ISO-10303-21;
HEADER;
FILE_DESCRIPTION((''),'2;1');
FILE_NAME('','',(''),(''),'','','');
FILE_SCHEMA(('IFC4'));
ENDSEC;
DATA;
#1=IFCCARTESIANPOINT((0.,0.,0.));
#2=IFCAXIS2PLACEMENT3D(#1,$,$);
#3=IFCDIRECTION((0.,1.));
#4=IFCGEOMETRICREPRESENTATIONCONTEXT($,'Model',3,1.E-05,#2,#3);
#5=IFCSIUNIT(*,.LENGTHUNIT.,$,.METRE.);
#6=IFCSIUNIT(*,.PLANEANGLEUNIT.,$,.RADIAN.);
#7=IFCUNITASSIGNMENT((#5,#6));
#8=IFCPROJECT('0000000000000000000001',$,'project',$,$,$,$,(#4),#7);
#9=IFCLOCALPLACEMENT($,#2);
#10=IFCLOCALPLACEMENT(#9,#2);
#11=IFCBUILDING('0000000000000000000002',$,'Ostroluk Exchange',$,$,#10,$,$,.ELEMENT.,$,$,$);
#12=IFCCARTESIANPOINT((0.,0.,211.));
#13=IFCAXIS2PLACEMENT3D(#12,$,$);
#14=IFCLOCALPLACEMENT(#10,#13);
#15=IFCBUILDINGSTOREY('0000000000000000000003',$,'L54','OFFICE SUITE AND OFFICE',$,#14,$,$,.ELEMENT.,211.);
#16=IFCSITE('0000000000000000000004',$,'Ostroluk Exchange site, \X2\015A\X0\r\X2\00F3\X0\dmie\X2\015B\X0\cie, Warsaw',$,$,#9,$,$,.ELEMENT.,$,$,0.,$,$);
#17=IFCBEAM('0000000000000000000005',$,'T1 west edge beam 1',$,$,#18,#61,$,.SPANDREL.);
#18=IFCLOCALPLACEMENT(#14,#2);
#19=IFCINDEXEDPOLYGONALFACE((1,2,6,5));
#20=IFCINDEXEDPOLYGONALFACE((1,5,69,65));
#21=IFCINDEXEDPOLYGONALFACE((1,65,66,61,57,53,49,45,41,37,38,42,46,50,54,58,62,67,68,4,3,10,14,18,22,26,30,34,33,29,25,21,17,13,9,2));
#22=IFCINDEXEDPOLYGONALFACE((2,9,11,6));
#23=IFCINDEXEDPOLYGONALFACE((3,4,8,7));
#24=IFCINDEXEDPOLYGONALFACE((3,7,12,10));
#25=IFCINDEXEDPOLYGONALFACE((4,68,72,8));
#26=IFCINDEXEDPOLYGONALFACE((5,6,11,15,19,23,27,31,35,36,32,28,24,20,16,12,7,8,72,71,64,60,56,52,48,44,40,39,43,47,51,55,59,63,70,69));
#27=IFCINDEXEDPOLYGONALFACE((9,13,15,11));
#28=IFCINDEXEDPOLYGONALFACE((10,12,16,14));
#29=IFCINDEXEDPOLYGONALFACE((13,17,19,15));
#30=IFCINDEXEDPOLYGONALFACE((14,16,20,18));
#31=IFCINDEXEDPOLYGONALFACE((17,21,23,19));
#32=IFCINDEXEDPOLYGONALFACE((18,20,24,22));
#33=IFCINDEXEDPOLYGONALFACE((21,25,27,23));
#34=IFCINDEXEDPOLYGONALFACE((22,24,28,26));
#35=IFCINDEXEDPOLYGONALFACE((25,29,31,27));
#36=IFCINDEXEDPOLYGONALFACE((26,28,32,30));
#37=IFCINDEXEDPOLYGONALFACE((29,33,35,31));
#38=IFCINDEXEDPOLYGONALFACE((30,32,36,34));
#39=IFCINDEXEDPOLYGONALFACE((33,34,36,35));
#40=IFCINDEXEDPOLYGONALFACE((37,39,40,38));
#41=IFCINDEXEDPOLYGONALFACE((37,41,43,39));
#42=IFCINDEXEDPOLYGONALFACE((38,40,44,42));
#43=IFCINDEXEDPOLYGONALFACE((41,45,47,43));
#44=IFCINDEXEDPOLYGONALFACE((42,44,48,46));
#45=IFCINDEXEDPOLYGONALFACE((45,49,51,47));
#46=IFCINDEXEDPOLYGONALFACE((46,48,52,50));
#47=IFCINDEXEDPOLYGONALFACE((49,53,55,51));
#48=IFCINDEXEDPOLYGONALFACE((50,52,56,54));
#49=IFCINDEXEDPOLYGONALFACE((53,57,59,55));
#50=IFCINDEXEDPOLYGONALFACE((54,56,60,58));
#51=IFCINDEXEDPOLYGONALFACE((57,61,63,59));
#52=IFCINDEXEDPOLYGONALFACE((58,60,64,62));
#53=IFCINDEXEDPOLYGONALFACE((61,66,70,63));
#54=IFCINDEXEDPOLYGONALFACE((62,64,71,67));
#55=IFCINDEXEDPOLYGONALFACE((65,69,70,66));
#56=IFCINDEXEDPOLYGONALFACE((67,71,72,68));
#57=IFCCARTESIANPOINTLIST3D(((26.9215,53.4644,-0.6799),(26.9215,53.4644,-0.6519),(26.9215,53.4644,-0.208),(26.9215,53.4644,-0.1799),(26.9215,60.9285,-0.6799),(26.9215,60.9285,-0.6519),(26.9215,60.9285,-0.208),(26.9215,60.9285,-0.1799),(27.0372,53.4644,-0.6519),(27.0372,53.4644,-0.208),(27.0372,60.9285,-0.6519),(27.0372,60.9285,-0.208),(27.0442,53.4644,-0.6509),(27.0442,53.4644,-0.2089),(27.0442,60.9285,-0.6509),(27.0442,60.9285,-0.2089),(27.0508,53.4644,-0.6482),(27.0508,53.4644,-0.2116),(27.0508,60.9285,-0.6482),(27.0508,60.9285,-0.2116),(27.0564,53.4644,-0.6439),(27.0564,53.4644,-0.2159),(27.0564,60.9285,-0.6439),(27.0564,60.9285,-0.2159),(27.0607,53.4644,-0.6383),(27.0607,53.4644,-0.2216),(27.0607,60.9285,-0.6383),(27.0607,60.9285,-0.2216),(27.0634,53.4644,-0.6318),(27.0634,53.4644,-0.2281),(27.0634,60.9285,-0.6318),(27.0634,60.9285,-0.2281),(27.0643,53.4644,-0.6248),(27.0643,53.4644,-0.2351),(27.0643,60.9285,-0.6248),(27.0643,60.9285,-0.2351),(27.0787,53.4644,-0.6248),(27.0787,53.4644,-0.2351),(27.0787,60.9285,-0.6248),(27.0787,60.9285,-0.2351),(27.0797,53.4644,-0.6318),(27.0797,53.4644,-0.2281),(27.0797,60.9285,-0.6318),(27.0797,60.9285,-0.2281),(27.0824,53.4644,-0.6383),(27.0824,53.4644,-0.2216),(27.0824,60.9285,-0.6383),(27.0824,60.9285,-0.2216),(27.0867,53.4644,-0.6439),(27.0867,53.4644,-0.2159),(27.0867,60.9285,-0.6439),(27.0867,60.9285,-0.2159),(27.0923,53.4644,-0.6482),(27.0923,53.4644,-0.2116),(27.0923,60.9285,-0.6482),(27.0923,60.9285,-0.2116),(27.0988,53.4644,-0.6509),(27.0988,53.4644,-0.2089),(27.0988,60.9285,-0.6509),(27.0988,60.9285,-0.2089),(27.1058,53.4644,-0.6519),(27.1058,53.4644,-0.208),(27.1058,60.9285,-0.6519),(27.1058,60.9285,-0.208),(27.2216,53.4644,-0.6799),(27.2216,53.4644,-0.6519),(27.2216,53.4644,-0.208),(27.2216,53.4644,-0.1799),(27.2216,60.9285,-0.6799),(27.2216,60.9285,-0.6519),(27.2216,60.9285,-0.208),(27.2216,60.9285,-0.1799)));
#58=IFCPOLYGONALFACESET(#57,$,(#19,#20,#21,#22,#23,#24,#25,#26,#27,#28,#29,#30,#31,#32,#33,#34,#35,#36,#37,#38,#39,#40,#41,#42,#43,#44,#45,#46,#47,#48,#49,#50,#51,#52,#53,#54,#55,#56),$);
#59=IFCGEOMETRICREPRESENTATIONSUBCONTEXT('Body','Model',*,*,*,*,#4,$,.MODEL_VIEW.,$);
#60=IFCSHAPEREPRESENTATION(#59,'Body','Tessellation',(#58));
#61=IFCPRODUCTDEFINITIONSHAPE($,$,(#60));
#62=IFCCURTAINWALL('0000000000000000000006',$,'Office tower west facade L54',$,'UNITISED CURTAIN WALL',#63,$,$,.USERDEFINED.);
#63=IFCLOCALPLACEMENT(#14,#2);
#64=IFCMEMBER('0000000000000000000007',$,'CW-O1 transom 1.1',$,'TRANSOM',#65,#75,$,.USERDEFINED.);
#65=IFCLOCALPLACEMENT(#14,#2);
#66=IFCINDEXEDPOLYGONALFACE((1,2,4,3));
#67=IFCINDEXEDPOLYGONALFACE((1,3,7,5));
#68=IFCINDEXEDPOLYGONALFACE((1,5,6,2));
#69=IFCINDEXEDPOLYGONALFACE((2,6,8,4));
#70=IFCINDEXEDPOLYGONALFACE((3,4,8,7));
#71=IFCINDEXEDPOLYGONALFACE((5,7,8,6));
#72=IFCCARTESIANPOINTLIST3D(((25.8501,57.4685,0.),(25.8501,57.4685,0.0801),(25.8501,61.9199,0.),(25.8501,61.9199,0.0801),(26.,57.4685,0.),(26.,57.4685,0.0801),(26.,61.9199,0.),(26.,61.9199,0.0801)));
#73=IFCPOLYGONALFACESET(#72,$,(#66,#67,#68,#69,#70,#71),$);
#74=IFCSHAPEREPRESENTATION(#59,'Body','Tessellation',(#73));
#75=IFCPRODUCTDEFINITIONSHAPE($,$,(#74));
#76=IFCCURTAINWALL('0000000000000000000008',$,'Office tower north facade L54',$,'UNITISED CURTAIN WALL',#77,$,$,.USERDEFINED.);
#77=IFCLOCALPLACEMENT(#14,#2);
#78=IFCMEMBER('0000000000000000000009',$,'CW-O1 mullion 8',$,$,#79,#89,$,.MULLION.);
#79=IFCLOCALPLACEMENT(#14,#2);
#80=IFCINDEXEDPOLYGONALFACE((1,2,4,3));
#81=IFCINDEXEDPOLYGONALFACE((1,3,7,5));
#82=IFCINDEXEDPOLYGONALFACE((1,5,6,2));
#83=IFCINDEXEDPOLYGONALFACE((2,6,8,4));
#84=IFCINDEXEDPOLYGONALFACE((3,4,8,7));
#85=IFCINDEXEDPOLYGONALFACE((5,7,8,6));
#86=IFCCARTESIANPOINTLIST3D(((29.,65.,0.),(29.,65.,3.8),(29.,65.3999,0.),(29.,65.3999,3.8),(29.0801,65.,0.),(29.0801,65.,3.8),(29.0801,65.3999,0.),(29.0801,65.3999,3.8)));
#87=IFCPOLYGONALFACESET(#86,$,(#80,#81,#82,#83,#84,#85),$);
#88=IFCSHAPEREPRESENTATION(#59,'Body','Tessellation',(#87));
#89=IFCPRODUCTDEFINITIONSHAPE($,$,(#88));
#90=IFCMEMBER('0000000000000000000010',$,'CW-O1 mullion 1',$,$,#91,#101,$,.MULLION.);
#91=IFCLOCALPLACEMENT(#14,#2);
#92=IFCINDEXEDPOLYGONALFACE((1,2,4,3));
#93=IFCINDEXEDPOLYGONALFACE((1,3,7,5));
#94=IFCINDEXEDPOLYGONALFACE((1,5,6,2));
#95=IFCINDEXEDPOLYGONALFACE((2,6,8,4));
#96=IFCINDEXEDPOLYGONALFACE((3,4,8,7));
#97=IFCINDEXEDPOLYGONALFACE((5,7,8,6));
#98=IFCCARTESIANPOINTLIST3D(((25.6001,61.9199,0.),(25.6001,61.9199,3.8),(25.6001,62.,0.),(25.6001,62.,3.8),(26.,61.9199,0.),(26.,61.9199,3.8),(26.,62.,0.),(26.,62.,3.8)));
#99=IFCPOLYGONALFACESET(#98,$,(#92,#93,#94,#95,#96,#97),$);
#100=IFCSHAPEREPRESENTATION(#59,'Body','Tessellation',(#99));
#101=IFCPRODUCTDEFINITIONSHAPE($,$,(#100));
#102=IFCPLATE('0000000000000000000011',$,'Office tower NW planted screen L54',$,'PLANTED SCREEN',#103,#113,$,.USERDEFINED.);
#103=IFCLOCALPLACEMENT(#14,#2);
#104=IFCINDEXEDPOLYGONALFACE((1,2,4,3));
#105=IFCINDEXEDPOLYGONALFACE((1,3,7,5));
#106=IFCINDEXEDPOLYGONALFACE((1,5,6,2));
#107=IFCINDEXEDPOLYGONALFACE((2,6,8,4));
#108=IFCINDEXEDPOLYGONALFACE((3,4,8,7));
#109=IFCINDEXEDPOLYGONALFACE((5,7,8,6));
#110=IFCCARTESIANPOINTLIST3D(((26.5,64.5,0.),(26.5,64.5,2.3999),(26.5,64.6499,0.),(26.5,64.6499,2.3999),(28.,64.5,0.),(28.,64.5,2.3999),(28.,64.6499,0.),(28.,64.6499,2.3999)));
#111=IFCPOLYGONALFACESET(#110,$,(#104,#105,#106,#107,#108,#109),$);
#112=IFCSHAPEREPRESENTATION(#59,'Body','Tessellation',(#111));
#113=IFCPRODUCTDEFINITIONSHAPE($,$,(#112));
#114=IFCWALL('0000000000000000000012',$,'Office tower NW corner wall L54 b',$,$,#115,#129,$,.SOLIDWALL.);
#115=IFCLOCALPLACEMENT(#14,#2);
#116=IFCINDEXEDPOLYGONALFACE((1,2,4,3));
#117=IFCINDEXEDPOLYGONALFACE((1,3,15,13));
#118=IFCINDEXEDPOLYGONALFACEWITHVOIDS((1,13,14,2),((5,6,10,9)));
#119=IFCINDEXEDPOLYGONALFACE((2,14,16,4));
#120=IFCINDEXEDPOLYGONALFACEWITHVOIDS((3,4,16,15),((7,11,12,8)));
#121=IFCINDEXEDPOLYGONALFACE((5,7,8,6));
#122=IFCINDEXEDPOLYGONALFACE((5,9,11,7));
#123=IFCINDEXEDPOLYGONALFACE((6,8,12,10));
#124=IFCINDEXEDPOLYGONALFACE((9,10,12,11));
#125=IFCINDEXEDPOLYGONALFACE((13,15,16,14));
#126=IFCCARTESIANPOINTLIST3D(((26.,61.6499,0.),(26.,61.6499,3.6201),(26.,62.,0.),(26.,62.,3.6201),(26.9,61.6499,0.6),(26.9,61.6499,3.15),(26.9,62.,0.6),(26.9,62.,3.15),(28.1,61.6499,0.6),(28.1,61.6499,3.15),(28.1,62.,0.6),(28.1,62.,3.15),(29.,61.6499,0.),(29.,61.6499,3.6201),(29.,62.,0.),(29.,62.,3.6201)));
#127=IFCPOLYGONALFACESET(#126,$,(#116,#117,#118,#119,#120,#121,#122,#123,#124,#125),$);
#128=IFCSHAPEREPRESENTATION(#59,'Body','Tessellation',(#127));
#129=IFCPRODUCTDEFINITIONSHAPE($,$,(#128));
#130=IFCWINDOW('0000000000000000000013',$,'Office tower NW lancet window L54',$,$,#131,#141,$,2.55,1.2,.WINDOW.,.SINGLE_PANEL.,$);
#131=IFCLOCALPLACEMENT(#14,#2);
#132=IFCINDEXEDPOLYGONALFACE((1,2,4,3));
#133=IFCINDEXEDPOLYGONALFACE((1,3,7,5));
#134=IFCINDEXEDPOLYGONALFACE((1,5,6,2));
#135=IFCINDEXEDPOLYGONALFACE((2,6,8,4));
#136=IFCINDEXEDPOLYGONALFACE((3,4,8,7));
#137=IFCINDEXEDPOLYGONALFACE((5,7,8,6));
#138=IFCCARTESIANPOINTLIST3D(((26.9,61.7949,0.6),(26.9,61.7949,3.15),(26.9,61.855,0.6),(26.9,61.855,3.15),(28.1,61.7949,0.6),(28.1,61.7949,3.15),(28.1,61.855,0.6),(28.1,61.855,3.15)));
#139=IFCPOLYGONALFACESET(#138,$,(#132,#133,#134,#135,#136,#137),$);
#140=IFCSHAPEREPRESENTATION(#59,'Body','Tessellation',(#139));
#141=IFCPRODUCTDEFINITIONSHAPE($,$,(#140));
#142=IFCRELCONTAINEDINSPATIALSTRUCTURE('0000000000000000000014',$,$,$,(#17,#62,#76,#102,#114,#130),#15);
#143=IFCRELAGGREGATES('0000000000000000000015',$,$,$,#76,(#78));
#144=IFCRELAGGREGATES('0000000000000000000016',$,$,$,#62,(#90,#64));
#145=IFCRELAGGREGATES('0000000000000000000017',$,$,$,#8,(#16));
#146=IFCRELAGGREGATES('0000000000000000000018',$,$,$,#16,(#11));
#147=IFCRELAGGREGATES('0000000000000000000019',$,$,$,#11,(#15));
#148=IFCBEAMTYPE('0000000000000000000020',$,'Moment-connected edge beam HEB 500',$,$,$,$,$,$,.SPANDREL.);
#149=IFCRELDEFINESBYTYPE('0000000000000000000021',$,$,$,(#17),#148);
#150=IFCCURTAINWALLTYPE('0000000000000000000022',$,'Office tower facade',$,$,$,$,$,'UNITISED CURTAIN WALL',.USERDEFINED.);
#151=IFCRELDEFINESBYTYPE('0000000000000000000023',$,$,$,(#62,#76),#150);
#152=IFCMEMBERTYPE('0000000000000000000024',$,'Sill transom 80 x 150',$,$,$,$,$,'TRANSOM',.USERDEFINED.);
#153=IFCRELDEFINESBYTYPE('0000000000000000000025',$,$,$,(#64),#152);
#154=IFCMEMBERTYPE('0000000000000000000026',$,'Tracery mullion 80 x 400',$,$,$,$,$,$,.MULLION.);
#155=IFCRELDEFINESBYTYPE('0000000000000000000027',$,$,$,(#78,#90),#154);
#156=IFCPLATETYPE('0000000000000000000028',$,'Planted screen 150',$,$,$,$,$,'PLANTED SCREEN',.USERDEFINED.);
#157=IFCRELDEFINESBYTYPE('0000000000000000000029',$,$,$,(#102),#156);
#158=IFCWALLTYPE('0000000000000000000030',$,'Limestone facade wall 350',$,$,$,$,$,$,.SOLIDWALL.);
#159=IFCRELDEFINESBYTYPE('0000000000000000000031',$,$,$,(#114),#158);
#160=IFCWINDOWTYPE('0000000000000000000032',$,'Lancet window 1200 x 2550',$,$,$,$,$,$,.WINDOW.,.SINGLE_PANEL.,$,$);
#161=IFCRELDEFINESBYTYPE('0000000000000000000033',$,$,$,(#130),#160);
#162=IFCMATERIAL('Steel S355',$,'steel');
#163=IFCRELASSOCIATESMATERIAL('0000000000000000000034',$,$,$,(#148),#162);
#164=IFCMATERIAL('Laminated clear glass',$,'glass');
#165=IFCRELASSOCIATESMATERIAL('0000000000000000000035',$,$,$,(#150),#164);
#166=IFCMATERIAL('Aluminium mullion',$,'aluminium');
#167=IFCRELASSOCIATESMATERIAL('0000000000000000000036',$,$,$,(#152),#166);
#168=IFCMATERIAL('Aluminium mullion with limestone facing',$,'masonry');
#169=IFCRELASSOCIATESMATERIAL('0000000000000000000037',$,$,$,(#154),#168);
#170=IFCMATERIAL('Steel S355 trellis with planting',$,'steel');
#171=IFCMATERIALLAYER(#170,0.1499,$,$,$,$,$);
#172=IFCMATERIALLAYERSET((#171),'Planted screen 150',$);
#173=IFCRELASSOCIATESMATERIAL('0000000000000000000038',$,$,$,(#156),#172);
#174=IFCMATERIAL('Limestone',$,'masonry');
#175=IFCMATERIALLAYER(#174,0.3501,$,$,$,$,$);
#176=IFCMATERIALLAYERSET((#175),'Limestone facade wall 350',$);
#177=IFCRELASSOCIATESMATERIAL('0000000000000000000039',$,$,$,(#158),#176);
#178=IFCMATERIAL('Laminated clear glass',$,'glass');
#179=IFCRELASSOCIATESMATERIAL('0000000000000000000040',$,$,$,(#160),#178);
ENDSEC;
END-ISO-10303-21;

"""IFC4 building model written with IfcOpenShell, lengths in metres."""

from ifc_helpers import new_model, si_unit, direction, frame, frame_2d, origin, origin_2d, place, context, subcontext, project, spatial, rectangle, i_section, extrude, material, layer, layer_set, material_profile, profile_set, type_object, element, fill, aggregate, save


model = new_model("IFC4")

# Units and contexts
model_context = context("Model", 3, precision=1e-05, world=origin(), true_north=direction((0.0, 1.0)))
body_context = subcontext(model_context, "Body", "Model", "MODEL_VIEW")
ifc_project = project(units=[si_unit("LENGTHUNIT", "METRE"), si_unit("PLANEANGLEUNIT", "RADIAN")], contexts=[model_context])

# Site, building, storey
site_placement = place(None, origin())
site = spatial("IfcSite", under=ifc_project, at=site_placement, Name="Ostroluk Exchange site, Śródmieście, Warsaw", CompositionType="ELEMENT", RefElevation=0.0)
building_placement = place(site_placement, origin())
building = spatial("IfcBuilding", under=site, at=building_placement, Name="Ostroluk Exchange", CompositionType="ELEMENT")
storey_placement = place(building_placement, frame((0.0, 0.0, 211.0)))
storey = spatial("IfcBuildingStorey", under=building, at=storey_placement, Name="L54", Description="OFFICE SUITE AND OFFICE", CompositionType="ELEMENT", Elevation=211.0)

# Beam
ifc_material_1 = material(Name="Steel S355", Category="steel")
ifc_material_profile_1 = material_profile(ifc_material_1, i_section(OverallWidth=0.3, OverallDepth=0.5, WebThickness=0.0144, FlangeThickness=0.0281, FilletRadius=0.0271, at=origin_2d()), Name="HEB 500")
ifc_profile_set_1 = profile_set([ifc_material_profile_1], Name="Steel S355")
beam_type_1 = type_object("IfcBeamType", Name="Moment-connected edge beam HEB 500", PredefinedType="SPANDREL", material=ifc_profile_set_1)
beam_1_placement = place(storey_placement, frame((27.0715, 60.9285, -0.4299), z_axis=(0.0, -1.0, 0.0), x_axis=(1.0, 0.0, 0.0)))
element("IfcBeam", 1, at=beam_1_placement, inside=storey, type_object=beam_type_1, Name="T1 west edge beam 1", PredefinedType="SPANDREL", context=body_context, shape_type="SweptSolid", body=[
    extrude(i_section(OverallWidth=0.3, OverallDepth=0.5, WebThickness=0.0144, FlangeThickness=0.0281, FilletRadius=0.0271, at=origin_2d()), origin(), (0.0, 0.0, 1.0), 7.4641),
])

# Curtain walls, members
ifc_material_2 = material(Name="Laminated clear glass", Category="glass")
curtain_wall_type = type_object("IfcCurtainWallType", Name="Office tower facade", ElementType="UNITISED CURTAIN WALL", PredefinedType="USERDEFINED", material=ifc_material_2)
curtain_wall_1_placement = place(storey_placement, origin())
curtain_wall_1 = element("IfcCurtainWall", 2, at=curtain_wall_1_placement, inside=storey, type_object=curtain_wall_type, Name="Office tower west facade L54", ObjectType="UNITISED CURTAIN WALL", PredefinedType="USERDEFINED")
ifc_material_3 = material(Name="Aluminium mullion", Category="aluminium")
ifc_material_profile_2 = material_profile(ifc_material_3, rectangle(XDim=0.1499, YDim=0.0801, at=origin_2d()), Name="Sill transom 80 x 150")
ifc_profile_set_2 = profile_set([ifc_material_profile_2], Name="Aluminium mullion")
member_type_1 = type_object("IfcMemberType", Name="Sill transom 80 x 150", ElementType="TRANSOM", PredefinedType="USERDEFINED", material=ifc_profile_set_2)
member_1_placement = place(storey_placement, frame((25.925, 61.9199, 0.04), z_axis=(0.0, -1.0, 0.0), x_axis=(1.0, 0.0, 0.0)))
member_1 = element("IfcMember", 3, at=member_1_placement, type_object=member_type_1, Name="CW-O1 transom 1.1", ObjectType="TRANSOM", PredefinedType="USERDEFINED", context=body_context, shape_type="SweptSolid", body=[
    extrude(rectangle(XDim=0.1499, YDim=0.0801, at=origin_2d()), origin(), (0.0, 0.0, 1.0), 4.4514),
])
curtain_wall_2_placement = place(storey_placement, origin())
curtain_wall_2 = element("IfcCurtainWall", 4, at=curtain_wall_2_placement, inside=storey, type_object=curtain_wall_type, Name="Office tower north facade L54", ObjectType="UNITISED CURTAIN WALL", PredefinedType="USERDEFINED")
ifc_material_4 = material(Name="Aluminium mullion with limestone facing", Category="masonry")
ifc_material_profile_3 = material_profile(ifc_material_4, rectangle(XDim=0.3999, YDim=0.0801, at=origin_2d()), Name="Tracery mullion 80 x 400")
ifc_profile_set_3 = profile_set([ifc_material_profile_3], Name="Aluminium mullion with limestone facing")
member_type_2 = type_object("IfcMemberType", Name="Tracery mullion 80 x 400", PredefinedType="MULLION", material=ifc_profile_set_3)
member_2_placement = place(storey_placement, frame((29.04, 65.2, 0.0), z_axis=(0.0, 0.0, 1.0), x_axis=(0.0, -1.0, 0.0)))
member_2 = element("IfcMember", 5, at=member_2_placement, type_object=member_type_2, Name="CW-O1 mullion 8", PredefinedType="MULLION", context=body_context, shape_type="SweptSolid", body=[
    extrude(rectangle(XDim=0.3999, YDim=0.0801, at=origin_2d()), origin(), (0.0, 0.0, 1.0), 3.8),
])
aggregate(curtain_wall_2, [member_2])

# Member
member_3_placement = place(storey_placement, frame((25.8, 61.96, 0.0), z_axis=(0.0, 0.0, 1.0), x_axis=(1.0, 0.0, 0.0)))
member_3 = element("IfcMember", 6, at=member_3_placement, type_object=member_type_2, Name="CW-O1 mullion 1", PredefinedType="MULLION", context=body_context, shape_type="SweptSolid", body=[
    extrude(rectangle(XDim=0.3999, YDim=0.0801, at=origin_2d()), origin(), (0.0, 0.0, 1.0), 3.8),
])
aggregate(curtain_wall_1, [member_3, member_1])

# Plate
ifc_material_5 = material(Name="Steel S355 trellis with planting", Category="steel")
ifc_layer_1 = layer(ifc_material_5, 0.1499)
ifc_layer_set_1 = layer_set([ifc_layer_1], Name="Planted screen 150")
plate_type = type_object("IfcPlateType", Name="Planted screen 150", ElementType="PLANTED SCREEN", PredefinedType="USERDEFINED", material=ifc_layer_set_1)
plate_placement = place(storey_placement, frame((27.25, 64.575, 0.0), z_axis=(0.0, 0.0, 1.0), x_axis=(1.0, 0.0, 0.0)))
element("IfcPlate", 7, at=plate_placement, inside=storey, type_object=plate_type, Name="Office tower NW planted screen L54", ObjectType="PLANTED SCREEN", PredefinedType="USERDEFINED", context=body_context, shape_type="SweptSolid", body=[
    extrude(rectangle(XDim=1.5, YDim=0.1499, at=origin_2d()), origin(), (0.0, 0.0, 1.0), 2.3999),
])

# Shared definitions
ifc_material_6 = material(Name="Limestone", Category="masonry")
ifc_layer_2 = layer(ifc_material_6, 0.3501)
ifc_layer_set_2 = layer_set([ifc_layer_2], Name="Limestone facade wall 350")
wall_type = type_object("IfcWallType", Name="Limestone facade wall 350", PredefinedType="SOLIDWALL", material=ifc_layer_set_2)

# Wall, opening, window
wall_1_placement = place(storey_placement, frame((29.0, 61.825, 0.0), z_axis=(0.0, 0.0, 1.0), x_axis=(-1.0, 0.0, 0.0)))
wall_1 = element("IfcWall", 8, at=wall_1_placement, inside=storey, type_object=wall_type, Name="Office tower NW corner wall L54 b", PredefinedType="SOLIDWALL", context=body_context, shape_type="SweptSolid", body=[
    extrude(rectangle(XDim=3.0, YDim=0.3501, at=frame_2d((1.5, 0.0))), origin(), (0.0, 0.0, 1.0), 3.6201),
])
opening_1_placement = place(wall_1_placement, frame((0.8999, 0.0, 0.6001)))
opening_1 = element("IfcOpeningElement", 9, at=opening_1_placement, cuts=wall_1, PredefinedType="OPENING", context=body_context, shape_type="SweptSolid", body=[
    extrude(rectangle(XDim=1.2, YDim=2.55, at=frame_2d((0.6001, 1.2749))), frame((0.0, 0.1851, 0.0), z_axis=(0.0, -1.0, 0.0), x_axis=(1.0, 0.0, 0.0)), (0.0, 0.0, 1.0), 0.3701),
])
ifc_material_7 = material(Name="Laminated clear glass", Category="glass")
window_type = type_object("IfcWindowType", Name="Lancet window 1200 x 2550", PartitioningType="SINGLE_PANEL", PredefinedType="WINDOW", material=ifc_material_7)
window_placement = place(opening_1_placement, origin())
window = element("IfcWindow", 10, at=window_placement, inside=storey, type_object=window_type, Name="Office tower NW lancet window L54", OverallHeight=2.55, OverallWidth=1.2, PartitioningType="SINGLE_PANEL", PredefinedType="WINDOW", context=body_context, shape_type="SweptSolid", body=[
    extrude(rectangle(XDim=1.2, YDim=2.55, at=frame_2d((0.6001, 1.2749))), frame((0.0, 0.03, 0.0), z_axis=(0.0, -1.0, 0.0), x_axis=(1.0, 0.0, 0.0)), (0.0, 0.0, 1.0), 0.0601),
])
fill(opening_1, window)

save(model, "model.ifc")
